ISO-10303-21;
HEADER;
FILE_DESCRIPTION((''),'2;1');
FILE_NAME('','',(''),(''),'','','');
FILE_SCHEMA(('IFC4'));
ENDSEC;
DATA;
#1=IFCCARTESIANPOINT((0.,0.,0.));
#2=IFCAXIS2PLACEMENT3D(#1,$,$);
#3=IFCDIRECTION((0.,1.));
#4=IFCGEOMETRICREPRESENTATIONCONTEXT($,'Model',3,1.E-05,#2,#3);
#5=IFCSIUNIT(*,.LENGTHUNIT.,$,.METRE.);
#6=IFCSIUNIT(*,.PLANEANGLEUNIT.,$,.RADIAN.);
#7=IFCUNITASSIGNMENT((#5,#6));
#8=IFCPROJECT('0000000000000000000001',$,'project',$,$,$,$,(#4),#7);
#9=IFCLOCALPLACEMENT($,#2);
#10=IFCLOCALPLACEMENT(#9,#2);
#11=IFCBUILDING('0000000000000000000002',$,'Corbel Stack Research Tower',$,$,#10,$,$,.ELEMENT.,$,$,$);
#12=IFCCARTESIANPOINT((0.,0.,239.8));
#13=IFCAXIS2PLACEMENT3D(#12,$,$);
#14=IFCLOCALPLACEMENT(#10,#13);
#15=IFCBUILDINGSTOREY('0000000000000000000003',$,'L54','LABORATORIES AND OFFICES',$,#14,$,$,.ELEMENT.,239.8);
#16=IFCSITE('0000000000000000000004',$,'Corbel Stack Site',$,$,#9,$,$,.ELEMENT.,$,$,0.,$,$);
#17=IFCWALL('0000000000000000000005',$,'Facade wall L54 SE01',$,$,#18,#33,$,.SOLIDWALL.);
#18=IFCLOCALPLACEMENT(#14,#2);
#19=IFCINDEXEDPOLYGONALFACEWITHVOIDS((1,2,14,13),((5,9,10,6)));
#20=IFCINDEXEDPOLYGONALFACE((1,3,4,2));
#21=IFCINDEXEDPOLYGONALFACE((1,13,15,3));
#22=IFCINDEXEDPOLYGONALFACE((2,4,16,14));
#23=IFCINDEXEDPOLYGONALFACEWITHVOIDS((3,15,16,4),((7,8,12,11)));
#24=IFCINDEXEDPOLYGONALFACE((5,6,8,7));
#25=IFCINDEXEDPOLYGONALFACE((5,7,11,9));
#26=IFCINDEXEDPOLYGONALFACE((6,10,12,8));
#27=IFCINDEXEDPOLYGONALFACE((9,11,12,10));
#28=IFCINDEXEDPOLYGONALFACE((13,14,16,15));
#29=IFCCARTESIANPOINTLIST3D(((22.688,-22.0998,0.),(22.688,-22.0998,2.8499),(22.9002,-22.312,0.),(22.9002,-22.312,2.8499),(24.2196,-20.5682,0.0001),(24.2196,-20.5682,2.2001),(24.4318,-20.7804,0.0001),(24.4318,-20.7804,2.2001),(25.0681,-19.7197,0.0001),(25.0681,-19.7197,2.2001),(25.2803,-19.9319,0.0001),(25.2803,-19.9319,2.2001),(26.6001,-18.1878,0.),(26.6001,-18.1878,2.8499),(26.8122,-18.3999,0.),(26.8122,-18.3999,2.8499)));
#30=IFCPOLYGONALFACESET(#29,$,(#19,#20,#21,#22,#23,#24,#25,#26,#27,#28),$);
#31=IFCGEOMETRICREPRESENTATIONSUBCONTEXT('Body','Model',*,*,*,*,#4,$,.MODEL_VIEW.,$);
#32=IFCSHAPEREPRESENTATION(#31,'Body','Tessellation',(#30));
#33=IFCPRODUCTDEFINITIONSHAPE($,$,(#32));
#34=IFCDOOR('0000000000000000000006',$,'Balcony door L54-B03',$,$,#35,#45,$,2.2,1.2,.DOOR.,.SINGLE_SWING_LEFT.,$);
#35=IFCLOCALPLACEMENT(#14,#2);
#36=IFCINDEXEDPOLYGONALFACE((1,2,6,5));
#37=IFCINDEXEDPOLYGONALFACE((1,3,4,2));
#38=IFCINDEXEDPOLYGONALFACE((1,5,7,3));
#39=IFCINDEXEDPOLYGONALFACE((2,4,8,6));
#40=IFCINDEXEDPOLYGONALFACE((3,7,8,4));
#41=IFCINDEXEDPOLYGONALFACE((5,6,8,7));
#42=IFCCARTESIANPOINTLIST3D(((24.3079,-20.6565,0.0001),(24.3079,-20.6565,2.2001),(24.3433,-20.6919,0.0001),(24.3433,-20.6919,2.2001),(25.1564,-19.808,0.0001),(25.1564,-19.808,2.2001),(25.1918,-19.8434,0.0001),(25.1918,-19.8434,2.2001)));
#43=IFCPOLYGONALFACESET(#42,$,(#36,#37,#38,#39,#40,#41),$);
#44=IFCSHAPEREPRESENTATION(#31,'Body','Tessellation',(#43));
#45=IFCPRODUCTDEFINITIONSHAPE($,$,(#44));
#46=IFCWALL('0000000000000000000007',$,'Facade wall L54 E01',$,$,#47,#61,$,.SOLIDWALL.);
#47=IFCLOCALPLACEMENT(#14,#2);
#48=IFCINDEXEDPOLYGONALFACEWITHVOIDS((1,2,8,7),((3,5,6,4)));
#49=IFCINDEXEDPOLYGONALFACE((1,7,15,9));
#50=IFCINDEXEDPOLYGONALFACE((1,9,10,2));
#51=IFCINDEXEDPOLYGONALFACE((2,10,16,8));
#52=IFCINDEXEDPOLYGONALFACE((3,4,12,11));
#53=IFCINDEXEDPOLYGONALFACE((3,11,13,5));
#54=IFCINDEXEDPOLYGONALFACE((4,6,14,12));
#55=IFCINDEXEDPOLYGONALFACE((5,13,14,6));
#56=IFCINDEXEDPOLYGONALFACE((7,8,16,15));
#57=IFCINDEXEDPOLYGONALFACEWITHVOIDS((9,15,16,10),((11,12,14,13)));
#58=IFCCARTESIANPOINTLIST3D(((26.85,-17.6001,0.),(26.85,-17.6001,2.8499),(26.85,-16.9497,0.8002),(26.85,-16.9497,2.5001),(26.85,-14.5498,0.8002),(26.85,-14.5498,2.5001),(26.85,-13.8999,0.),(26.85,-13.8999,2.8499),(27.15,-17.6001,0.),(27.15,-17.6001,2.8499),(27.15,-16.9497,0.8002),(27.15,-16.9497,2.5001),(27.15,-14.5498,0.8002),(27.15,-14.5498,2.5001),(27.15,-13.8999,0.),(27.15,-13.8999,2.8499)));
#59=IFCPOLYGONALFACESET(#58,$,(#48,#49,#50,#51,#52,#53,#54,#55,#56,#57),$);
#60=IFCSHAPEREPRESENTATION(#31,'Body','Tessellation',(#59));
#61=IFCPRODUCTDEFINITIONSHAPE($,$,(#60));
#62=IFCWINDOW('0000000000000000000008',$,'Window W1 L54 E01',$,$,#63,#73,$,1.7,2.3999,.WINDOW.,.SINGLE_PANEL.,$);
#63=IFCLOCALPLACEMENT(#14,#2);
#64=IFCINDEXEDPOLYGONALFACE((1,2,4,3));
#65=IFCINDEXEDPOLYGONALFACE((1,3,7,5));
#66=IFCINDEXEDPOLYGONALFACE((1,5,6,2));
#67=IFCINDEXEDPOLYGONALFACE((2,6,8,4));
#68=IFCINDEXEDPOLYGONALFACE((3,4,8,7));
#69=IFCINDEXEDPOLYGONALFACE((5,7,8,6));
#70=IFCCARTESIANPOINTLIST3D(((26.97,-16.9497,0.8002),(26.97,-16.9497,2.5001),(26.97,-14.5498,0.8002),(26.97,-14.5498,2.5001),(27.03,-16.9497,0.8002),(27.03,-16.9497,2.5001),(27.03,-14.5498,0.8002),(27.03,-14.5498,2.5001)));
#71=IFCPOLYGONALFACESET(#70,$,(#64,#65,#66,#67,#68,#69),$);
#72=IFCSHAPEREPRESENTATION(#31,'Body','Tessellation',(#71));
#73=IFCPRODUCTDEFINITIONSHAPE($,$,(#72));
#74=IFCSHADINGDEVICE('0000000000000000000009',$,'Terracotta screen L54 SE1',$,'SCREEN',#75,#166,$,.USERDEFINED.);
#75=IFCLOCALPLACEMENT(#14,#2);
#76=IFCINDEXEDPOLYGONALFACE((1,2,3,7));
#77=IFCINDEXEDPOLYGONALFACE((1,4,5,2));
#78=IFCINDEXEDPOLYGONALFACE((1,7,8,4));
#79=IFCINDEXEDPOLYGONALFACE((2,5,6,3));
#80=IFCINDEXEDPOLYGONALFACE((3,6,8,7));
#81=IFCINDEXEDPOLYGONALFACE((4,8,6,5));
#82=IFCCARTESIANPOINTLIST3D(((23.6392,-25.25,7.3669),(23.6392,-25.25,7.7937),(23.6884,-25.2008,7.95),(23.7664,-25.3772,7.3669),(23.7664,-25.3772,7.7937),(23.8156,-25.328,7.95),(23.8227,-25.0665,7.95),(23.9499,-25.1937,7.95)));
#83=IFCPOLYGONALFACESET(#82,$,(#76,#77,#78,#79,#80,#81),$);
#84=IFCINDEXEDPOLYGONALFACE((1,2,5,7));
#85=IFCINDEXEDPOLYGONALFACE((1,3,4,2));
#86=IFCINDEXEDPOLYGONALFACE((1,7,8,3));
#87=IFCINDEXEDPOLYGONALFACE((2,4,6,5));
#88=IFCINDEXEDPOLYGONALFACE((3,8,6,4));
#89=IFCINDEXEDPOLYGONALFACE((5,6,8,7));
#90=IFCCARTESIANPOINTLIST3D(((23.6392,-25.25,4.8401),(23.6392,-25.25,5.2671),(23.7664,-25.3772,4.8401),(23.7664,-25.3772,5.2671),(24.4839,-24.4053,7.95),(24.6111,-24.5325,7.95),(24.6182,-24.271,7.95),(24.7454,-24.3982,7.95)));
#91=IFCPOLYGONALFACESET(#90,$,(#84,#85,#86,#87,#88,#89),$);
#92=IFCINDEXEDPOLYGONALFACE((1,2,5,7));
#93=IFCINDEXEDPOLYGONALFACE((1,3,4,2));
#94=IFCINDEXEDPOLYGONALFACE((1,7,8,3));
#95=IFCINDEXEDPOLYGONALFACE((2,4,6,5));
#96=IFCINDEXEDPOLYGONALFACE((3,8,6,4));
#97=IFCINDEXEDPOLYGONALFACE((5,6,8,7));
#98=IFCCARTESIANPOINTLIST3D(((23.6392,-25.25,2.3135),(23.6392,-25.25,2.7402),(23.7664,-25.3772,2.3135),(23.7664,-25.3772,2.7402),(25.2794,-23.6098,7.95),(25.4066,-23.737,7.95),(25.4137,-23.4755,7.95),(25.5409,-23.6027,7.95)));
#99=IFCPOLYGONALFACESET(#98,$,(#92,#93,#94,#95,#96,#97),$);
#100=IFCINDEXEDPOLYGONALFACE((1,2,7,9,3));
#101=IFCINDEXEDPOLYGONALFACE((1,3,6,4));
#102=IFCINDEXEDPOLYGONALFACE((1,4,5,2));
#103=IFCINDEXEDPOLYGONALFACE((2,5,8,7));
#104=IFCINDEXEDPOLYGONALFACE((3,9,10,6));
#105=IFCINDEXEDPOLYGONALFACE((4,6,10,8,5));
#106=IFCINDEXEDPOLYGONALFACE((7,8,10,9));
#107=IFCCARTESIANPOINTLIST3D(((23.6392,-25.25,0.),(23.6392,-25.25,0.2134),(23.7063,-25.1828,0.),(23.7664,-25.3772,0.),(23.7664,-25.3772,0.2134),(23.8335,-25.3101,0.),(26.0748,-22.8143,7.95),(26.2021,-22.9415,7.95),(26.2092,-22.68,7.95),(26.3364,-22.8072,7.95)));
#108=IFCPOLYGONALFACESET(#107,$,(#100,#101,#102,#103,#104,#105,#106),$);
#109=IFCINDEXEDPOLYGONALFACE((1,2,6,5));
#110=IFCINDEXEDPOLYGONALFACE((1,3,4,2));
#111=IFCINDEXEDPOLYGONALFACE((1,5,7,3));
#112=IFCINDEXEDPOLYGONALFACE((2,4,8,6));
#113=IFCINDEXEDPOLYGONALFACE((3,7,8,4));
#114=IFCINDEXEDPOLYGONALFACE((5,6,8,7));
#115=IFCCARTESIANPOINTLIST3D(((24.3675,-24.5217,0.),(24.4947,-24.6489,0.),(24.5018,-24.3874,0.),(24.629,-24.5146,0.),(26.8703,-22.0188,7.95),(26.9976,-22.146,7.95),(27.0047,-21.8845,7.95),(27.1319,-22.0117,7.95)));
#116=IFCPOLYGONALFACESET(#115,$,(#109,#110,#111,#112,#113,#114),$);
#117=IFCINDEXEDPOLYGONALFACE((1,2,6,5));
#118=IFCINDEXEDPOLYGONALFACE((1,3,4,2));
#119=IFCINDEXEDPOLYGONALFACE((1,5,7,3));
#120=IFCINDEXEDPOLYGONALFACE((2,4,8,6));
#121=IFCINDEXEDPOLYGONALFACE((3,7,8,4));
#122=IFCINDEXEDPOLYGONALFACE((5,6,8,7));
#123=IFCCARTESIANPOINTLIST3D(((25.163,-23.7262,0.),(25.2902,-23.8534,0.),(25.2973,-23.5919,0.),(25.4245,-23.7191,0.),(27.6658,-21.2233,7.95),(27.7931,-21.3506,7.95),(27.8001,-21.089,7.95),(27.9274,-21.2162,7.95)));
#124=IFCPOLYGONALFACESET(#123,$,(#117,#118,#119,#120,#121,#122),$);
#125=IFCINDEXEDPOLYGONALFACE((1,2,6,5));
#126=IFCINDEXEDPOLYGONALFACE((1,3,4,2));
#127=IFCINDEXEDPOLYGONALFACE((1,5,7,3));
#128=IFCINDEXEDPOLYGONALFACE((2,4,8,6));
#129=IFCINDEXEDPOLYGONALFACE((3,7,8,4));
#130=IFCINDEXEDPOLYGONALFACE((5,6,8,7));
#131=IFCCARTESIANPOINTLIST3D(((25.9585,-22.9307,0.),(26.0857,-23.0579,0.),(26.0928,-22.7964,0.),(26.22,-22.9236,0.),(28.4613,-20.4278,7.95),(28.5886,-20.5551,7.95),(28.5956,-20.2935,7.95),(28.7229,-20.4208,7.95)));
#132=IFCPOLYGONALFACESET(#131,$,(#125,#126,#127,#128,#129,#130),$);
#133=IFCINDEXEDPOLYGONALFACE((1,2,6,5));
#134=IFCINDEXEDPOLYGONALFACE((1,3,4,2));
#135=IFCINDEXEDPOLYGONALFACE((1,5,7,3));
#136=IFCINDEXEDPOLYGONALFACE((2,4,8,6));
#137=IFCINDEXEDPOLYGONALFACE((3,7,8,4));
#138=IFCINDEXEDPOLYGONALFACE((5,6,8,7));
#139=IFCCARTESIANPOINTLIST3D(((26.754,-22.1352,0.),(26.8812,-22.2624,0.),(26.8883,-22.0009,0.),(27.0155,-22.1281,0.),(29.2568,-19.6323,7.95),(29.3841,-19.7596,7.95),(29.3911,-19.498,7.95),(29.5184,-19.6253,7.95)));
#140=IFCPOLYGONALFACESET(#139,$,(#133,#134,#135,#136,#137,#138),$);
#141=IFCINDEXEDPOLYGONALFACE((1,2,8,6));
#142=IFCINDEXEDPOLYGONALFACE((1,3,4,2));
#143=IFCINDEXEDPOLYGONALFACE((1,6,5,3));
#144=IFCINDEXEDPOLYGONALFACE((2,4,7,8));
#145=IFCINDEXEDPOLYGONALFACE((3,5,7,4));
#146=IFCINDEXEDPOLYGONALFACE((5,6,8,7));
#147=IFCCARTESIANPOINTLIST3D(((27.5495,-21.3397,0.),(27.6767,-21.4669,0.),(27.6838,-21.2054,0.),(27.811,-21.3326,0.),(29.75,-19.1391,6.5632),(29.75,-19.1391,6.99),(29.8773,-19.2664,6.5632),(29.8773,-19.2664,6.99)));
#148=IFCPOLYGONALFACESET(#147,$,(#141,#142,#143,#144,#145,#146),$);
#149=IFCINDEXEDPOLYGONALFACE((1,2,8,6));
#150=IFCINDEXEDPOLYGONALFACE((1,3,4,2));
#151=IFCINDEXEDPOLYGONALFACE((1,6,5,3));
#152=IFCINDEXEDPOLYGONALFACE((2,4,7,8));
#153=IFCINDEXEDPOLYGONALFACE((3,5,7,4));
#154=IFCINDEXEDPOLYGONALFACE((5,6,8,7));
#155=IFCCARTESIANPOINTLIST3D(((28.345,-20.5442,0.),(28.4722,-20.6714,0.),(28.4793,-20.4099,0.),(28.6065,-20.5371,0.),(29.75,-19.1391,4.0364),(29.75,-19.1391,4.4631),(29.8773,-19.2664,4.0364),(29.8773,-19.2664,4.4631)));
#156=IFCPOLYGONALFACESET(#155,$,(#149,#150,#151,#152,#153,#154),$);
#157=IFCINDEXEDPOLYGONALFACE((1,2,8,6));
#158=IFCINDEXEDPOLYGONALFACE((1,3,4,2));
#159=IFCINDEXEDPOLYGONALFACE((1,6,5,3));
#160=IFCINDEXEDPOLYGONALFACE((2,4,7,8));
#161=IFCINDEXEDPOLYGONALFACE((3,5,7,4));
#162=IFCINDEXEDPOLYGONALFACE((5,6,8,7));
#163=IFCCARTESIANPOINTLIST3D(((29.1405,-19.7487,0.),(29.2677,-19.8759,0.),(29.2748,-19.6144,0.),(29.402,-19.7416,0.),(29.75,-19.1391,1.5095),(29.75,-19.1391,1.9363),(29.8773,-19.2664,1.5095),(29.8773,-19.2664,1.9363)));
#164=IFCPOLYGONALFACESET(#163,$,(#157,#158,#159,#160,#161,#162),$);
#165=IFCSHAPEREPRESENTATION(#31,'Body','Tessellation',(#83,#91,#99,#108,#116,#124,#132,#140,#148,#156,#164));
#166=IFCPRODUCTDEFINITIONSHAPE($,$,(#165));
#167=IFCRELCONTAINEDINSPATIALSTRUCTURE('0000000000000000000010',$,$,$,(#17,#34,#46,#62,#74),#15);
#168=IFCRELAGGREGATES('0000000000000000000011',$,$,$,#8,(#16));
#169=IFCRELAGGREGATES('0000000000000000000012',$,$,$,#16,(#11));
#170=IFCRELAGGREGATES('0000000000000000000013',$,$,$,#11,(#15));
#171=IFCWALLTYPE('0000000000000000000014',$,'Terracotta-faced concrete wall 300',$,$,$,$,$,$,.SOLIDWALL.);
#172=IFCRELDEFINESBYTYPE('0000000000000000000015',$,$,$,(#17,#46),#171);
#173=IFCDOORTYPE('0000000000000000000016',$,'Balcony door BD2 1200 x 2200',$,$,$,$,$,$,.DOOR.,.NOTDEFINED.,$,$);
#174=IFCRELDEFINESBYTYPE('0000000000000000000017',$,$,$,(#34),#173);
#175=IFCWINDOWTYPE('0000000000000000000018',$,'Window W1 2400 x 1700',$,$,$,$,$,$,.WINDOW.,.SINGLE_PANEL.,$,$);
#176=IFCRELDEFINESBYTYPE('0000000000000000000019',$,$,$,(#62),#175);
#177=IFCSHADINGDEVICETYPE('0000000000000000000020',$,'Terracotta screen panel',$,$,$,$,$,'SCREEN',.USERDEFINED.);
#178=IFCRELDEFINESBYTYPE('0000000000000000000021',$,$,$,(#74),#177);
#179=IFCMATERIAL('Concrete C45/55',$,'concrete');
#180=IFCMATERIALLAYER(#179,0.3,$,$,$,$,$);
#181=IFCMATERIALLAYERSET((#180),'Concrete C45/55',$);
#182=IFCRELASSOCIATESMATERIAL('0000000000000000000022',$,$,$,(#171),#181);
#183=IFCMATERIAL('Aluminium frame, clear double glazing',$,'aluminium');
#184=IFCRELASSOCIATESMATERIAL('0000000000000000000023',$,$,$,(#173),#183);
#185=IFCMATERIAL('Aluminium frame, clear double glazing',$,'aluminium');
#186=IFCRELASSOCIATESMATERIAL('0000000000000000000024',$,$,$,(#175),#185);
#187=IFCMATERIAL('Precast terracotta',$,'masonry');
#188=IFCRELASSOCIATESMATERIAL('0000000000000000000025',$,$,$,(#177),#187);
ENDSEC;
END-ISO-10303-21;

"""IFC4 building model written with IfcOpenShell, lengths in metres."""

from ifc_helpers import new_model, si_unit, direction, frame, frame_2d, origin, place, context, subcontext, project, spatial, polyline, rectangle, outline, extrude, source, transform, mapped, material, layer, layer_set, type_object, element, fill, save


model = new_model("IFC4")

# Units and contexts
model_context = context("Model", 3, precision=1e-05, world=origin(), true_north=direction((0.0, 1.0)))
body_context = subcontext(model_context, "Body", "Model", "MODEL_VIEW")
ifc_project = project(units=[si_unit("LENGTHUNIT", "METRE"), si_unit("PLANEANGLEUNIT", "RADIAN")], contexts=[model_context])

# Site, building, storey
site_placement = place(None, origin())
site = spatial("IfcSite", under=ifc_project, at=site_placement, Name="Corbel Stack Site", CompositionType="ELEMENT", RefElevation=0.0)
building_placement = place(site_placement, origin())
building = spatial("IfcBuilding", under=site, at=building_placement, Name="Corbel Stack Research Tower", CompositionType="ELEMENT")
storey_placement = place(building_placement, frame((0.0, 0.0, 239.8)))
storey = spatial("IfcBuildingStorey", under=building, at=storey_placement, Name="L54", Description="LABORATORIES AND OFFICES", CompositionType="ELEMENT", Elevation=239.8)

# Shared definitions
ifc_material_1 = material(Name="Concrete C45/55", Category="concrete")
ifc_layer_1 = layer(ifc_material_1, 0.3)
ifc_layer_set_1 = layer_set([ifc_layer_1], Name="Concrete C45/55")
wall_type_1 = type_object("IfcWallType", Name="Terracotta-faced concrete wall 300", PredefinedType="SOLIDWALL", material=ifc_layer_set_1)

# Wall, opening, door
wall_1_placement = place(storey_placement, frame((26.7061, -18.2939, 0.0), z_axis=(0.0, 0.0, 1.0), x_axis=(-0.707107, -0.707107, 0.0)))
wall_1 = element("IfcWall", 1, at=wall_1_placement, inside=storey, type_object=wall_type_1, Name="Facade wall L54 SE01", PredefinedType="SOLIDWALL", context=body_context, shape_type="SweptSolid", body=[
    extrude(rectangle(XDim=5.5325, YDim=0.3, at=frame_2d((2.7661, 0.0))), origin(), (0.0, 0.0, 1.0), 2.8499),
])
opening_1_placement = place(wall_1_placement, frame((2.1663, 0.0, 0.0)))
opening_1 = element("IfcOpeningElement", 2, at=opening_1_placement, cuts=wall_1, PredefinedType="OPENING", context=body_context, shape_type="SweptSolid", body=[
    extrude(rectangle(XDim=1.2, YDim=2.2, at=frame_2d((0.6001, 1.1001))), frame((0.0, 0.1599, 0.0), z_axis=(0.0, -1.0, 0.0), x_axis=(1.0, 0.0, 0.0)), (0.0, 0.0, 1.0), 0.3201),
])
ifc_material_2 = material(Name="Aluminium frame, clear double glazing", Category="aluminium")
door_type_1 = type_object("IfcDoorType", Name="Balcony door BD2 1200 x 2200", OperationType="NOTDEFINED", PredefinedType="DOOR", material=ifc_material_2)
door_1_placement = place(opening_1_placement, origin())
door_1 = element("IfcDoor", 3, at=door_1_placement, inside=storey, type_object=door_type_1, Name="Balcony door L54-B03", OperationType="SINGLE_SWING_LEFT", OverallHeight=2.2, OverallWidth=1.2, PredefinedType="DOOR", context=body_context, shape_type="SweptSolid", body=[
    extrude(rectangle(XDim=1.2, YDim=2.2, at=frame_2d((0.6001, 1.1001))), frame((0.0, 0.0249, 0.0), z_axis=(0.0, -1.0, 0.0), x_axis=(1.0, 0.0, 0.0)), (0.0, 0.0, 1.0), 0.05),
])
fill(opening_1, door_1)

# Wall, opening, window
wall_2_placement = place(storey_placement, frame((27.0, -13.8999, 0.0), z_axis=(0.0, 0.0, 1.0), x_axis=(0.0, -1.0, 0.0)))
wall_2 = element("IfcWall", 4, at=wall_2_placement, inside=storey, type_object=wall_type_1, Name="Facade wall L54 E01", PredefinedType="SOLIDWALL", context=body_context, shape_type="SweptSolid", body=[
    extrude(rectangle(XDim=3.7002, YDim=0.3, at=frame_2d((1.8501, 0.0))), origin(), (0.0, 0.0, 1.0), 2.8499),
])
opening_2_placement = place(wall_2_placement, frame((0.6499, 0.0, 0.8)))
opening_2 = element("IfcOpeningElement", 5, at=opening_2_placement, cuts=wall_2, PredefinedType="OPENING", context=body_context, shape_type="SweptSolid", body=[
    extrude(rectangle(XDim=2.3999, YDim=1.7, at=frame_2d((1.2, 0.8501))), frame((0.0, 0.1599, 0.0), z_axis=(0.0, -1.0, 0.0), x_axis=(1.0, 0.0, 0.0)), (0.0, 0.0, 1.0), 0.3201),
])
ifc_material_3 = material(Name="Aluminium frame, clear double glazing", Category="aluminium")
window_type_1 = type_object("IfcWindowType", Name="Window W1 2400 x 1700", PartitioningType="SINGLE_PANEL", PredefinedType="WINDOW", material=ifc_material_3)
window_1_placement = place(opening_2_placement, origin())
window_1 = element("IfcWindow", 6, at=window_1_placement, inside=storey, type_object=window_type_1, Name="Window W1 L54 E01", OverallHeight=1.7, OverallWidth=2.3999, PartitioningType="SINGLE_PANEL", PredefinedType="WINDOW", context=body_context, shape_type="SweptSolid", body=[
    extrude(rectangle(XDim=2.3999, YDim=1.7, at=frame_2d((1.2, 0.8501))), frame((0.0, 0.03, 0.0), z_axis=(0.0, -1.0, 0.0), x_axis=(1.0, 0.0, 0.0)), (0.0, 0.0, 1.0), 0.0601),
])
fill(opening_2, window_1)

# Shading device
ifc_material_4 = material(Name="Precast terracotta", Category="masonry")
shading_device_type = type_object("IfcShadingDeviceType", Name="Terracotta screen panel", ElementType="SCREEN", PredefinedType="USERDEFINED", material=ifc_material_4)
shared_shape_1 = source(origin(), body_context, "Body", "SweptSolid", [
    extrude(outline(polyline([(0.2595, 7.95), (0.0696, 7.95), (0.0, 7.7937), (0.0, 7.3669), (0.2595, 7.95)])), frame((0.0, 0.0, 0.0), z_axis=(0.0, -1.0, 0.0), x_axis=(1.0, 0.0, 0.0)), (0.0, 0.0, 1.0), 0.1799),
    extrude(outline(polyline([(1.3845, 7.95), (1.1946, 7.95), (0.0, 5.2671), (0.0, 4.8401), (1.3845, 7.95)])), frame((0.0, 0.0, 0.0), z_axis=(0.0, -1.0, 0.0), x_axis=(1.0, 0.0, 0.0)), (0.0, 0.0, 1.0), 0.1799),
    extrude(outline(polyline([(2.5095, 7.95), (2.3196, 7.95), (0.0, 2.7402), (0.0, 2.3135), (2.5095, 7.95)])), frame((0.0, 0.0, 0.0), z_axis=(0.0, -1.0, 0.0), x_axis=(1.0, 0.0, 0.0)), (0.0, 0.0, 1.0), 0.1799),
    extrude(outline(polyline([(0.095, 0.0), (3.6345, 7.95), (3.4446, 7.95), (0.0, 0.2134), (0.0, 0.0), (0.095, 0.0)])), frame((0.0, 0.0, 0.0), z_axis=(0.0, -1.0, 0.0), x_axis=(1.0, 0.0, 0.0)), (0.0, 0.0, 1.0), 0.1799),
    extrude(outline(polyline([(1.22, 0.0), (4.7595, 7.95), (4.5696, 7.95), (1.03, 0.0), (1.22, 0.0)])), frame((0.0, 0.0, 0.0), z_axis=(0.0, -1.0, 0.0), x_axis=(1.0, 0.0, 0.0)), (0.0, 0.0, 1.0), 0.1799),
    extrude(outline(polyline([(2.345, 0.0), (5.8845, 7.95), (5.6946, 7.95), (2.155, 0.0), (2.345, 0.0)])), frame((0.0, 0.0, 0.0), z_axis=(0.0, -1.0, 0.0), x_axis=(1.0, 0.0, 0.0)), (0.0, 0.0, 1.0), 0.1799),
    extrude(outline(polyline([(3.47, 0.0), (7.0095, 7.95), (6.8196, 7.95), (3.28, 0.0), (3.47, 0.0)])), frame((0.0, 0.0, 0.0), z_axis=(0.0, -1.0, 0.0), x_axis=(1.0, 0.0, 0.0)), (0.0, 0.0, 1.0), 0.1799),
    extrude(outline(polyline([(4.595, 0.0), (8.1345, 7.95), (7.9446, 7.95), (4.405, 0.0), (4.595, 0.0)])), frame((0.0, 0.0, 0.0), z_axis=(0.0, -1.0, 0.0), x_axis=(1.0, 0.0, 0.0)), (0.0, 0.0, 1.0), 0.1799),
    extrude(outline(polyline([(5.72, 0.0), (8.6421, 6.5632), (8.6421, 6.99), (5.53, 0.0), (5.72, 0.0)])), frame((0.0, 0.0, 0.0), z_axis=(0.0, -1.0, 0.0), x_axis=(1.0, 0.0, 0.0)), (0.0, 0.0, 1.0), 0.1799),
    extrude(outline(polyline([(6.845, 0.0), (8.6421, 4.0364), (8.6421, 4.4631), (6.655, 0.0), (6.845, 0.0)])), frame((0.0, 0.0, 0.0), z_axis=(0.0, -1.0, 0.0), x_axis=(1.0, 0.0, 0.0)), (0.0, 0.0, 1.0), 0.1799),
    extrude(outline(polyline([(7.97, 0.0), (8.6421, 1.5095), (8.6421, 1.9363), (7.78, 0.0), (7.97, 0.0)])), frame((0.0, 0.0, 0.0), z_axis=(0.0, -1.0, 0.0), x_axis=(1.0, 0.0, 0.0)), (0.0, 0.0, 1.0), 0.1799),
])
shading_device_1_placement = place(storey_placement, frame((23.6392, -25.25, 0.0), z_axis=(0.0, 0.0, 1.0), x_axis=(0.707107, 0.707107, 0.0)))
element("IfcShadingDevice", 7, at=shading_device_1_placement, inside=storey, type_object=shading_device_type, Name="Terracotta screen L54 SE1", ObjectType="SCREEN", PredefinedType="USERDEFINED", context=body_context, shape_type="MappedRepresentation", body=[
    mapped(shared_shape_1, transform((0.0, 0.0, 0.0))),
])

save(model, "model.ifc")
